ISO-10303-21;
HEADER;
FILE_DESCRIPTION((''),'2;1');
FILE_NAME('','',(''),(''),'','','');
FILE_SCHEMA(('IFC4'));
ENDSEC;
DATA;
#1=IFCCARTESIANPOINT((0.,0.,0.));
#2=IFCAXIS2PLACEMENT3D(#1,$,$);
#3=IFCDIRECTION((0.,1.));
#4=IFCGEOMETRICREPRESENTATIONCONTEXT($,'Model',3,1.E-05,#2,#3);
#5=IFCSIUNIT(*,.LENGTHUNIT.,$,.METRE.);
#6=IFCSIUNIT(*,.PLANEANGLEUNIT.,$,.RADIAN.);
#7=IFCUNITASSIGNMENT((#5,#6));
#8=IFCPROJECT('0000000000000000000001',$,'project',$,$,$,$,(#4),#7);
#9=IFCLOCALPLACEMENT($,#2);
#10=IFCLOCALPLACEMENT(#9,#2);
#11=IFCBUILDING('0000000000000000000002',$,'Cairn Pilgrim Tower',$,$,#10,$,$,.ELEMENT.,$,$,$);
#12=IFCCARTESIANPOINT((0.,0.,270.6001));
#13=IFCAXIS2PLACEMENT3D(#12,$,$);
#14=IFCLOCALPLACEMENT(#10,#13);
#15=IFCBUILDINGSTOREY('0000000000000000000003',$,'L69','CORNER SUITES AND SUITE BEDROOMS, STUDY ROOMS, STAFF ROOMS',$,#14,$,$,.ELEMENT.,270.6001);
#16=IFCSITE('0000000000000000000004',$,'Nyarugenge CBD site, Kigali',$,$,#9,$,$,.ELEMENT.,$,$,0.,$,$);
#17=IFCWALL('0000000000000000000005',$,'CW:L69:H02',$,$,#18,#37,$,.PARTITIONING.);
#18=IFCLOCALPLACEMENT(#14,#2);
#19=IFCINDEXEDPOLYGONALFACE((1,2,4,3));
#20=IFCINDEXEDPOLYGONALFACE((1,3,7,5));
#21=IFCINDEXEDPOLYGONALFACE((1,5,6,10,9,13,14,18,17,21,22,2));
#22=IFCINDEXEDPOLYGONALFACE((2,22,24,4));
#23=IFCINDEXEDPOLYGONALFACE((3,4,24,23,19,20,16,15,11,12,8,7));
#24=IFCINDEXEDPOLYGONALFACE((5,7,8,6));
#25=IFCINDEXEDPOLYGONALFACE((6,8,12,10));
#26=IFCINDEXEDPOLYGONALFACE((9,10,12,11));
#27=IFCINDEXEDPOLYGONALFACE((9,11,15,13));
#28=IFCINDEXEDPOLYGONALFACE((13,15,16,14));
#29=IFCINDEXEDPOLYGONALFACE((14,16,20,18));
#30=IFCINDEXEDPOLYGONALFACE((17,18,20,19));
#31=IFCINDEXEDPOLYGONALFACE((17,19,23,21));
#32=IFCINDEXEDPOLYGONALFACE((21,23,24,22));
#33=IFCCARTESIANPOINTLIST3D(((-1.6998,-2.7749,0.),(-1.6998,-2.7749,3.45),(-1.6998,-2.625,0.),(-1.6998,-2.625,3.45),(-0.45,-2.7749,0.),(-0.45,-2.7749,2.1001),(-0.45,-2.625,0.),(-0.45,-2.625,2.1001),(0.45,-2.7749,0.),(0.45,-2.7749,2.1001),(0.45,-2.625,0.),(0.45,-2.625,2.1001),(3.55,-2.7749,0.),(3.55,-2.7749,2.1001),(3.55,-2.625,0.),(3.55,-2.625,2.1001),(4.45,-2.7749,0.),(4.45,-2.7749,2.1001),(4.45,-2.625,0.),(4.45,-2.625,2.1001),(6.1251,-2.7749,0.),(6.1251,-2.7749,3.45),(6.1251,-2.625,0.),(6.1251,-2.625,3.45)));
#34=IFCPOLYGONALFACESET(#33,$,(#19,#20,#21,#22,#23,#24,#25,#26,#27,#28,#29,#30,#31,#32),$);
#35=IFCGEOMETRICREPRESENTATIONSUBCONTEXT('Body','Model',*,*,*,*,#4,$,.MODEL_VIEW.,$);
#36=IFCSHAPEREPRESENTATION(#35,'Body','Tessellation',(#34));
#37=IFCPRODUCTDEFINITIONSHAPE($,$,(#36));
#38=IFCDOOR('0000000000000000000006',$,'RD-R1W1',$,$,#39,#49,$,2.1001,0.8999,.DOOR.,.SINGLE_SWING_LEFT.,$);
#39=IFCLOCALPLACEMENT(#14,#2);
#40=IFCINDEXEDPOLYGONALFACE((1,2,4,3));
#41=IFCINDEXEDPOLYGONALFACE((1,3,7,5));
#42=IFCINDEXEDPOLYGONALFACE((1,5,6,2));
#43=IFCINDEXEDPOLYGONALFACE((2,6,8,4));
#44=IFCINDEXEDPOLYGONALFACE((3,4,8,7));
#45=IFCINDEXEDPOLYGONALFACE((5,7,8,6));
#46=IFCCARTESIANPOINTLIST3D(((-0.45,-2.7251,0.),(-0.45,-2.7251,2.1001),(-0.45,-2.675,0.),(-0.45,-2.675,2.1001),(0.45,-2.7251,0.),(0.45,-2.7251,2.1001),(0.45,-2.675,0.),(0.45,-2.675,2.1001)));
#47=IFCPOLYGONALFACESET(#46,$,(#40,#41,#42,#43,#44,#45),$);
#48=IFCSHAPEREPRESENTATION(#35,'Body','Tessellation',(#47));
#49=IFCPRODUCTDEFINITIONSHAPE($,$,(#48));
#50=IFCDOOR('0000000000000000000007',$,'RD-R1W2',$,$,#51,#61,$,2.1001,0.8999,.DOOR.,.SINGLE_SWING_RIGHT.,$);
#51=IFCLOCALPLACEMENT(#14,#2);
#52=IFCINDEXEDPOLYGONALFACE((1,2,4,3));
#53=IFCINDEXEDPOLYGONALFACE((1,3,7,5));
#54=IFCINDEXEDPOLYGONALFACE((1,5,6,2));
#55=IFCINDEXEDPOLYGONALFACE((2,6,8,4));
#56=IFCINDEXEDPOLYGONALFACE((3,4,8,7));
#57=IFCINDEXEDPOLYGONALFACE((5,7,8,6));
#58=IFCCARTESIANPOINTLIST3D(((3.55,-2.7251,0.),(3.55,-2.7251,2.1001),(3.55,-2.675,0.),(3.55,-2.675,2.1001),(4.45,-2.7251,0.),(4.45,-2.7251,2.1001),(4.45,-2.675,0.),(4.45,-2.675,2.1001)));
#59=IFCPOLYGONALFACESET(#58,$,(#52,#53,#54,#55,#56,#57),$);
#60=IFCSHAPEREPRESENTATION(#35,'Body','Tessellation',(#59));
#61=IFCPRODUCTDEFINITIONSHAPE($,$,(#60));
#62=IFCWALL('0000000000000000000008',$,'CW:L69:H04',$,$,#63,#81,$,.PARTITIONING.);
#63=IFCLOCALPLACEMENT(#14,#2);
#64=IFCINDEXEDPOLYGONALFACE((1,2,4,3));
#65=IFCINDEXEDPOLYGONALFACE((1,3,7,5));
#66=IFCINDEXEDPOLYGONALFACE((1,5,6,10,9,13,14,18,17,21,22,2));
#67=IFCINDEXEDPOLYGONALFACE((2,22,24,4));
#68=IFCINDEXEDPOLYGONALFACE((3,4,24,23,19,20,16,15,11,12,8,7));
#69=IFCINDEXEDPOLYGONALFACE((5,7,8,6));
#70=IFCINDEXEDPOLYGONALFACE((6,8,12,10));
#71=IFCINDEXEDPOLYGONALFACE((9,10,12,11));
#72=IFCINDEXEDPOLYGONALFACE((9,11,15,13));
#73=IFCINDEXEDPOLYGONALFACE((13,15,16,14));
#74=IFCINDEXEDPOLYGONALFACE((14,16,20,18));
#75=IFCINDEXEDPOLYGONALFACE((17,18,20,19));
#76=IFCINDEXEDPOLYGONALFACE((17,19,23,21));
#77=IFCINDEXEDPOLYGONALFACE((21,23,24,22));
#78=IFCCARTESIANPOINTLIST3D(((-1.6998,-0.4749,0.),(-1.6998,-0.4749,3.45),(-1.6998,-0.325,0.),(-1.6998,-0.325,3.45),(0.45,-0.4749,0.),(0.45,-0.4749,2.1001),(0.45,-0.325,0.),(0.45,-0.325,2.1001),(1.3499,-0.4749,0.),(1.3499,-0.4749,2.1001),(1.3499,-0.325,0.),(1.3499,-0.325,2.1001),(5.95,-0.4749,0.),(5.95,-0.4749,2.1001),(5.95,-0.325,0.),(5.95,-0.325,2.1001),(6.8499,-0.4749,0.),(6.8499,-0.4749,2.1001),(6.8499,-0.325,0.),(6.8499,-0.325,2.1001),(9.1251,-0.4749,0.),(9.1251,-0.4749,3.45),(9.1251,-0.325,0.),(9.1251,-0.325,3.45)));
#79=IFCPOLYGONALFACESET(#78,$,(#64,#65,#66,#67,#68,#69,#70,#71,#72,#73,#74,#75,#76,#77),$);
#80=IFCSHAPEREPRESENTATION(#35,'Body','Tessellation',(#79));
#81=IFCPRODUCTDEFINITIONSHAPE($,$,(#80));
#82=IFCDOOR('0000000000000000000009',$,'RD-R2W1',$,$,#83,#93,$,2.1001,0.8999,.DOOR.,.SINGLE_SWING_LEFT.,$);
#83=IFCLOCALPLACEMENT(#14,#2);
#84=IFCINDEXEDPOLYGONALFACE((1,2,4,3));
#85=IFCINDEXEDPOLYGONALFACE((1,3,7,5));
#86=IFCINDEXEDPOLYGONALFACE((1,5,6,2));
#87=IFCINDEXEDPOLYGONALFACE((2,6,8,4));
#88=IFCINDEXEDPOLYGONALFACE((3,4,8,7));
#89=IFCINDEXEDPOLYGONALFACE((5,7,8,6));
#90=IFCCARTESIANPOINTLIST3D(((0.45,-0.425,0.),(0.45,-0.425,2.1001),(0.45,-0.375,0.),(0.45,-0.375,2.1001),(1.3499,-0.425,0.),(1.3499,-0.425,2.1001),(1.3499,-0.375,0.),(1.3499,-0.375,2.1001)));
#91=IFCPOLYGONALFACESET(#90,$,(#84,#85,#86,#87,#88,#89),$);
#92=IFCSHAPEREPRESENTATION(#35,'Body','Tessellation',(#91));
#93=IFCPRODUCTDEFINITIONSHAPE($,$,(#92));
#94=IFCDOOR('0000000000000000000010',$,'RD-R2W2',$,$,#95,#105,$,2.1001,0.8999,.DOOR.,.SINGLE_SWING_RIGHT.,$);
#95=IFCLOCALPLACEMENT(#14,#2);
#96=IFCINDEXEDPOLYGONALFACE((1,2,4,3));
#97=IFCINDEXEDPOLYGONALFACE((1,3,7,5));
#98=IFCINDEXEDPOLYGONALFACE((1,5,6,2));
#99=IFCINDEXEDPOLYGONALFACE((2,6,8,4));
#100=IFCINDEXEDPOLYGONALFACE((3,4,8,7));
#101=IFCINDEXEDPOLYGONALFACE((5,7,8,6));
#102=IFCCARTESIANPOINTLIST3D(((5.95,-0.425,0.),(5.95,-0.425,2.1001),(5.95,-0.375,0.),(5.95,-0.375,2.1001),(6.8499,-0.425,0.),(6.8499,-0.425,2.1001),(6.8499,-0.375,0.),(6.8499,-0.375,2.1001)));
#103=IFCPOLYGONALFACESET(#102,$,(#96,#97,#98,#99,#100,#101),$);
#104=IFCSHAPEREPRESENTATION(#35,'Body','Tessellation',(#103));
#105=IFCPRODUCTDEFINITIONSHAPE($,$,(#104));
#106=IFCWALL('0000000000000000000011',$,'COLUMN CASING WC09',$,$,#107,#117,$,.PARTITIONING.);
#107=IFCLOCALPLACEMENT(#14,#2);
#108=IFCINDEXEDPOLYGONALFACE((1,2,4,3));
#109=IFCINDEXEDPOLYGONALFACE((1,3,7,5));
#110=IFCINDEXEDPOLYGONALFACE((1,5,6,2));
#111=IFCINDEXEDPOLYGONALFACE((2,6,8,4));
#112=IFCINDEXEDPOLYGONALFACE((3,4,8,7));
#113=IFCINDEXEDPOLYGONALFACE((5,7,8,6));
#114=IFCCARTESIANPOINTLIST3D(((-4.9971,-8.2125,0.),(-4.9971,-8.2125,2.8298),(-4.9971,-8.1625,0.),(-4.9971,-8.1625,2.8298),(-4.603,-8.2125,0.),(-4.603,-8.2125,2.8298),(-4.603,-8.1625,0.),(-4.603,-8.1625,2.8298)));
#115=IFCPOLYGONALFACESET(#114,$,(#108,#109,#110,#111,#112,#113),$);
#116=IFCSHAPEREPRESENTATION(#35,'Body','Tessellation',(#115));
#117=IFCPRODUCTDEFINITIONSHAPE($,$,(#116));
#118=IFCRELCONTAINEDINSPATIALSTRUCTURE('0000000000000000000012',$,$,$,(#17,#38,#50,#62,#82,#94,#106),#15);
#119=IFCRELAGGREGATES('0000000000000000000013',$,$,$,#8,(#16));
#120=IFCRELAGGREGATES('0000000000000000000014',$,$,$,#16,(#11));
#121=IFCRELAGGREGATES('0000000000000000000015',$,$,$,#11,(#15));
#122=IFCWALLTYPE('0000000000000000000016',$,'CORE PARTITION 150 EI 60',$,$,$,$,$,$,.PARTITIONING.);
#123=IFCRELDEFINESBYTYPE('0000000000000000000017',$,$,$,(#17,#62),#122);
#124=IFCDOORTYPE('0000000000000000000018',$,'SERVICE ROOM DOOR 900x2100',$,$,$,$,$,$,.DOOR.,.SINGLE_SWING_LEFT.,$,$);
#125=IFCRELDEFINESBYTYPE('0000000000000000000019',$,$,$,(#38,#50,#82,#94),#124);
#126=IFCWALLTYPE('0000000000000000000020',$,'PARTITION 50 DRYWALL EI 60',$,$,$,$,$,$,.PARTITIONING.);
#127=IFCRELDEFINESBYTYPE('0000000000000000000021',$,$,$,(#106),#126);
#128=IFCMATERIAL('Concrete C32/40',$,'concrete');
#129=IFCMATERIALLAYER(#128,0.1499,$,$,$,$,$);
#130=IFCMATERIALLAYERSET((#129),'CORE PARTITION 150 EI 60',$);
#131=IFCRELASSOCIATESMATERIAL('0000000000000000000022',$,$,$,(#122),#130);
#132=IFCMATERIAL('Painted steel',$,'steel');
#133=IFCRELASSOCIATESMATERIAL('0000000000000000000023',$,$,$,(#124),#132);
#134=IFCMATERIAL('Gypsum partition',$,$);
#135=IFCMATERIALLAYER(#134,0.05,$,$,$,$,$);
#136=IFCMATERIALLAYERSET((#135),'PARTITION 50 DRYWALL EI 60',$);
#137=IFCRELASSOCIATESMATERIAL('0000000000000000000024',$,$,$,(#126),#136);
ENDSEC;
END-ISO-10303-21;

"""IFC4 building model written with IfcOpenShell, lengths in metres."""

from ifc_helpers import new_model, si_unit, direction, frame, frame_2d, origin, place, context, subcontext, project, spatial, rectangle, extrude, material, layer, layer_set, type_object, element, fill, save


model = new_model("IFC4")

# Units and contexts
model_context = context("Model", 3, precision=1e-05, world=origin(), true_north=direction((0.0, 1.0)))
body_context = subcontext(model_context, "Body", "Model", "MODEL_VIEW")
ifc_project = project(units=[si_unit("LENGTHUNIT", "METRE"), si_unit("PLANEANGLEUNIT", "RADIAN")], contexts=[model_context])

# Site, building, storey
site_placement = place(None, origin())
site = spatial("IfcSite", under=ifc_project, at=site_placement, Name="Nyarugenge CBD site, Kigali", CompositionType="ELEMENT", RefElevation=0.0)
building_placement = place(site_placement, origin())
building = spatial("IfcBuilding", under=site, at=building_placement, Name="Cairn Pilgrim Tower", CompositionType="ELEMENT")
storey_placement = place(building_placement, frame((0.0, 0.0, 270.6001)))
storey = spatial("IfcBuildingStorey", under=building, at=storey_placement, Name="L69", Description="CORNER SUITES AND SUITE BEDROOMS, STUDY ROOMS, STAFF ROOMS", CompositionType="ELEMENT", Elevation=270.6001)

# Shared definitions
ifc_material_1 = material(Name="Concrete C32/40", Category="concrete")

# Walls, openings, doors
ifc_material_2 = material(Name="Painted steel", Category="steel")
ifc_layer_1 = layer(ifc_material_1, 0.1499)
ifc_layer_set_1 = layer_set([ifc_layer_1], Name="CORE PARTITION 150 EI 60")
wall_type_1 = type_object("IfcWallType", Name="CORE PARTITION 150 EI 60", PredefinedType="PARTITIONING", material=ifc_layer_set_1)
wall_1_placement = place(storey_placement, frame((-1.7, -2.7, 0.0), z_axis=(0.0, 0.0, 1.0), x_axis=(1.0, 0.0, 0.0)))
wall_1 = element("IfcWall", 1, at=wall_1_placement, inside=storey, type_object=wall_type_1, Name="CW:L69:H02", PredefinedType="PARTITIONING", context=body_context, shape_type="SweptSolid", body=[
    extrude(rectangle(XDim=7.825, YDim=0.1499, at=frame_2d((3.9126, 0.0))), origin(), (0.0, 0.0, 1.0), 3.45),
])
opening_1_placement = place(wall_1_placement, frame((1.25, 0.0, 0.0)))
opening_1 = element("IfcOpeningElement", 2, at=opening_1_placement, cuts=wall_1, PredefinedType="OPENING", context=body_context, shape_type="SweptSolid", body=[
    extrude(rectangle(XDim=0.8999, YDim=2.1001, at=frame_2d((0.45, 1.05))), frame((0.0, 0.085, 0.0), z_axis=(0.0, -1.0, 0.0), x_axis=(1.0, 0.0, 0.0)), (0.0, 0.0, 1.0), 0.1699),
])
opening_2_placement = place(wall_1_placement, frame((5.25, 0.0, 0.0)))
opening_2 = element("IfcOpeningElement", 3, at=opening_2_placement, cuts=wall_1, PredefinedType="OPENING", context=body_context, shape_type="SweptSolid", body=[
    extrude(rectangle(XDim=0.8999, YDim=2.1001, at=frame_2d((0.45, 1.05))), frame((0.0, 0.085, 0.0), z_axis=(0.0, -1.0, 0.0), x_axis=(1.0, 0.0, 0.0)), (0.0, 0.0, 1.0), 0.1699),
])
door_type_1 = type_object("IfcDoorType", Name="SERVICE ROOM DOOR 900x2100", OperationType="SINGLE_SWING_LEFT", PredefinedType="DOOR", material=ifc_material_2)
door_1_placement = place(opening_1_placement, origin())
door_1 = element("IfcDoor", 4, at=door_1_placement, inside=storey, type_object=door_type_1, Name="RD-R1W1", OperationType="SINGLE_SWING_LEFT", OverallHeight=2.1001, OverallWidth=0.8999, PredefinedType="DOOR", context=body_context, shape_type="SweptSolid", body=[
    extrude(rectangle(XDim=0.8999, YDim=2.1001, at=frame_2d((0.45, 1.05))), frame((0.0, 0.0249, 0.0), z_axis=(0.0, -1.0, 0.0), x_axis=(1.0, 0.0, 0.0)), (0.0, 0.0, 1.0), 0.05),
])
fill(opening_1, door_1)
door_2_placement = place(opening_2_placement, origin())
door_2 = element("IfcDoor", 5, at=door_2_placement, inside=storey, type_object=door_type_1, Name="RD-R1W2", OperationType="SINGLE_SWING_RIGHT", OverallHeight=2.1001, OverallWidth=0.8999, PredefinedType="DOOR", context=body_context, shape_type="SweptSolid", body=[
    extrude(rectangle(XDim=0.8999, YDim=2.1001, at=frame_2d((0.45, 1.05))), frame((0.0, 0.0249, 0.0), z_axis=(0.0, -1.0, 0.0), x_axis=(1.0, 0.0, 0.0)), (0.0, 0.0, 1.0), 0.05),
])
fill(opening_2, door_2)
wall_2_placement = place(storey_placement, frame((-1.7, -0.3999, 0.0), z_axis=(0.0, 0.0, 1.0), x_axis=(1.0, 0.0, 0.0)))
wall_2 = element("IfcWall", 6, at=wall_2_placement, inside=storey, type_object=wall_type_1, Name="CW:L69:H04", PredefinedType="PARTITIONING", context=body_context, shape_type="SweptSolid", body=[
    extrude(rectangle(XDim=10.825, YDim=0.1499, at=frame_2d((5.4126, 0.0))), origin(), (0.0, 0.0, 1.0), 3.45),
])
opening_3_placement = place(wall_2_placement, frame((2.1499, 0.0, 0.0)))
opening_3 = element("IfcOpeningElement", 7, at=opening_3_placement, cuts=wall_2, PredefinedType="OPENING", context=body_context, shape_type="SweptSolid", body=[
    extrude(rectangle(XDim=0.8999, YDim=2.1001, at=frame_2d((0.45, 1.05))), frame((0.0, 0.085, 0.0), z_axis=(0.0, -1.0, 0.0), x_axis=(1.0, 0.0, 0.0)), (0.0, 0.0, 1.0), 0.1699),
])
opening_4_placement = place(wall_2_placement, frame((7.6499, 0.0, 0.0)))
opening_4 = element("IfcOpeningElement", 8, at=opening_4_placement, cuts=wall_2, PredefinedType="OPENING", context=body_context, shape_type="SweptSolid", body=[
    extrude(rectangle(XDim=0.8999, YDim=2.1001, at=frame_2d((0.45, 1.05))), frame((0.0, 0.085, 0.0), z_axis=(0.0, -1.0, 0.0), x_axis=(1.0, 0.0, 0.0)), (0.0, 0.0, 1.0), 0.1699),
])
door_3_placement = place(opening_3_placement, origin())
door_3 = element("IfcDoor", 9, at=door_3_placement, inside=storey, type_object=door_type_1, Name="RD-R2W1", OperationType="SINGLE_SWING_LEFT", OverallHeight=2.1001, OverallWidth=0.8999, PredefinedType="DOOR", context=body_context, shape_type="SweptSolid", body=[
    extrude(rectangle(XDim=0.8999, YDim=2.1001, at=frame_2d((0.45, 1.05))), frame((0.0, 0.0249, 0.0), z_axis=(0.0, -1.0, 0.0), x_axis=(1.0, 0.0, 0.0)), (0.0, 0.0, 1.0), 0.05),
])
fill(opening_3, door_3)
door_4_placement = place(opening_4_placement, origin())
door_4 = element("IfcDoor", 10, at=door_4_placement, inside=storey, type_object=door_type_1, Name="RD-R2W2", OperationType="SINGLE_SWING_RIGHT", OverallHeight=2.1001, OverallWidth=0.8999, PredefinedType="DOOR", context=body_context, shape_type="SweptSolid", body=[
    extrude(rectangle(XDim=0.8999, YDim=2.1001, at=frame_2d((0.45, 1.05))), frame((0.0, 0.0249, 0.0), z_axis=(0.0, -1.0, 0.0), x_axis=(1.0, 0.0, 0.0)), (0.0, 0.0, 1.0), 0.05),
])
fill(opening_4, door_4)

# Wall
ifc_material_3 = material(Name="Gypsum partition")
ifc_layer_2 = layer(ifc_material_3, 0.05)
ifc_layer_set_2 = layer_set([ifc_layer_2], Name="PARTITION 50 DRYWALL EI 60")
wall_type_2 = type_object("IfcWallType", Name="PARTITION 50 DRYWALL EI 60", PredefinedType="PARTITIONING", material=ifc_layer_set_2)
wall_3_placement = place(storey_placement, frame((-4.9971, -8.1875, 0.0), z_axis=(0.0, 0.0, 1.0), x_axis=(1.0, 0.0, 0.0)))
element("IfcWall", 11, at=wall_3_placement, inside=storey, type_object=wall_type_2, Name="COLUMN CASING WC09", PredefinedType="PARTITIONING", context=body_context, shape_type="SweptSolid", body=[
    extrude(rectangle(XDim=0.394, YDim=0.05, at=frame_2d((0.197, 0.0))), origin(), (0.0, 0.0, 1.0), 2.8298),
])

save(model, "model.ifc")
